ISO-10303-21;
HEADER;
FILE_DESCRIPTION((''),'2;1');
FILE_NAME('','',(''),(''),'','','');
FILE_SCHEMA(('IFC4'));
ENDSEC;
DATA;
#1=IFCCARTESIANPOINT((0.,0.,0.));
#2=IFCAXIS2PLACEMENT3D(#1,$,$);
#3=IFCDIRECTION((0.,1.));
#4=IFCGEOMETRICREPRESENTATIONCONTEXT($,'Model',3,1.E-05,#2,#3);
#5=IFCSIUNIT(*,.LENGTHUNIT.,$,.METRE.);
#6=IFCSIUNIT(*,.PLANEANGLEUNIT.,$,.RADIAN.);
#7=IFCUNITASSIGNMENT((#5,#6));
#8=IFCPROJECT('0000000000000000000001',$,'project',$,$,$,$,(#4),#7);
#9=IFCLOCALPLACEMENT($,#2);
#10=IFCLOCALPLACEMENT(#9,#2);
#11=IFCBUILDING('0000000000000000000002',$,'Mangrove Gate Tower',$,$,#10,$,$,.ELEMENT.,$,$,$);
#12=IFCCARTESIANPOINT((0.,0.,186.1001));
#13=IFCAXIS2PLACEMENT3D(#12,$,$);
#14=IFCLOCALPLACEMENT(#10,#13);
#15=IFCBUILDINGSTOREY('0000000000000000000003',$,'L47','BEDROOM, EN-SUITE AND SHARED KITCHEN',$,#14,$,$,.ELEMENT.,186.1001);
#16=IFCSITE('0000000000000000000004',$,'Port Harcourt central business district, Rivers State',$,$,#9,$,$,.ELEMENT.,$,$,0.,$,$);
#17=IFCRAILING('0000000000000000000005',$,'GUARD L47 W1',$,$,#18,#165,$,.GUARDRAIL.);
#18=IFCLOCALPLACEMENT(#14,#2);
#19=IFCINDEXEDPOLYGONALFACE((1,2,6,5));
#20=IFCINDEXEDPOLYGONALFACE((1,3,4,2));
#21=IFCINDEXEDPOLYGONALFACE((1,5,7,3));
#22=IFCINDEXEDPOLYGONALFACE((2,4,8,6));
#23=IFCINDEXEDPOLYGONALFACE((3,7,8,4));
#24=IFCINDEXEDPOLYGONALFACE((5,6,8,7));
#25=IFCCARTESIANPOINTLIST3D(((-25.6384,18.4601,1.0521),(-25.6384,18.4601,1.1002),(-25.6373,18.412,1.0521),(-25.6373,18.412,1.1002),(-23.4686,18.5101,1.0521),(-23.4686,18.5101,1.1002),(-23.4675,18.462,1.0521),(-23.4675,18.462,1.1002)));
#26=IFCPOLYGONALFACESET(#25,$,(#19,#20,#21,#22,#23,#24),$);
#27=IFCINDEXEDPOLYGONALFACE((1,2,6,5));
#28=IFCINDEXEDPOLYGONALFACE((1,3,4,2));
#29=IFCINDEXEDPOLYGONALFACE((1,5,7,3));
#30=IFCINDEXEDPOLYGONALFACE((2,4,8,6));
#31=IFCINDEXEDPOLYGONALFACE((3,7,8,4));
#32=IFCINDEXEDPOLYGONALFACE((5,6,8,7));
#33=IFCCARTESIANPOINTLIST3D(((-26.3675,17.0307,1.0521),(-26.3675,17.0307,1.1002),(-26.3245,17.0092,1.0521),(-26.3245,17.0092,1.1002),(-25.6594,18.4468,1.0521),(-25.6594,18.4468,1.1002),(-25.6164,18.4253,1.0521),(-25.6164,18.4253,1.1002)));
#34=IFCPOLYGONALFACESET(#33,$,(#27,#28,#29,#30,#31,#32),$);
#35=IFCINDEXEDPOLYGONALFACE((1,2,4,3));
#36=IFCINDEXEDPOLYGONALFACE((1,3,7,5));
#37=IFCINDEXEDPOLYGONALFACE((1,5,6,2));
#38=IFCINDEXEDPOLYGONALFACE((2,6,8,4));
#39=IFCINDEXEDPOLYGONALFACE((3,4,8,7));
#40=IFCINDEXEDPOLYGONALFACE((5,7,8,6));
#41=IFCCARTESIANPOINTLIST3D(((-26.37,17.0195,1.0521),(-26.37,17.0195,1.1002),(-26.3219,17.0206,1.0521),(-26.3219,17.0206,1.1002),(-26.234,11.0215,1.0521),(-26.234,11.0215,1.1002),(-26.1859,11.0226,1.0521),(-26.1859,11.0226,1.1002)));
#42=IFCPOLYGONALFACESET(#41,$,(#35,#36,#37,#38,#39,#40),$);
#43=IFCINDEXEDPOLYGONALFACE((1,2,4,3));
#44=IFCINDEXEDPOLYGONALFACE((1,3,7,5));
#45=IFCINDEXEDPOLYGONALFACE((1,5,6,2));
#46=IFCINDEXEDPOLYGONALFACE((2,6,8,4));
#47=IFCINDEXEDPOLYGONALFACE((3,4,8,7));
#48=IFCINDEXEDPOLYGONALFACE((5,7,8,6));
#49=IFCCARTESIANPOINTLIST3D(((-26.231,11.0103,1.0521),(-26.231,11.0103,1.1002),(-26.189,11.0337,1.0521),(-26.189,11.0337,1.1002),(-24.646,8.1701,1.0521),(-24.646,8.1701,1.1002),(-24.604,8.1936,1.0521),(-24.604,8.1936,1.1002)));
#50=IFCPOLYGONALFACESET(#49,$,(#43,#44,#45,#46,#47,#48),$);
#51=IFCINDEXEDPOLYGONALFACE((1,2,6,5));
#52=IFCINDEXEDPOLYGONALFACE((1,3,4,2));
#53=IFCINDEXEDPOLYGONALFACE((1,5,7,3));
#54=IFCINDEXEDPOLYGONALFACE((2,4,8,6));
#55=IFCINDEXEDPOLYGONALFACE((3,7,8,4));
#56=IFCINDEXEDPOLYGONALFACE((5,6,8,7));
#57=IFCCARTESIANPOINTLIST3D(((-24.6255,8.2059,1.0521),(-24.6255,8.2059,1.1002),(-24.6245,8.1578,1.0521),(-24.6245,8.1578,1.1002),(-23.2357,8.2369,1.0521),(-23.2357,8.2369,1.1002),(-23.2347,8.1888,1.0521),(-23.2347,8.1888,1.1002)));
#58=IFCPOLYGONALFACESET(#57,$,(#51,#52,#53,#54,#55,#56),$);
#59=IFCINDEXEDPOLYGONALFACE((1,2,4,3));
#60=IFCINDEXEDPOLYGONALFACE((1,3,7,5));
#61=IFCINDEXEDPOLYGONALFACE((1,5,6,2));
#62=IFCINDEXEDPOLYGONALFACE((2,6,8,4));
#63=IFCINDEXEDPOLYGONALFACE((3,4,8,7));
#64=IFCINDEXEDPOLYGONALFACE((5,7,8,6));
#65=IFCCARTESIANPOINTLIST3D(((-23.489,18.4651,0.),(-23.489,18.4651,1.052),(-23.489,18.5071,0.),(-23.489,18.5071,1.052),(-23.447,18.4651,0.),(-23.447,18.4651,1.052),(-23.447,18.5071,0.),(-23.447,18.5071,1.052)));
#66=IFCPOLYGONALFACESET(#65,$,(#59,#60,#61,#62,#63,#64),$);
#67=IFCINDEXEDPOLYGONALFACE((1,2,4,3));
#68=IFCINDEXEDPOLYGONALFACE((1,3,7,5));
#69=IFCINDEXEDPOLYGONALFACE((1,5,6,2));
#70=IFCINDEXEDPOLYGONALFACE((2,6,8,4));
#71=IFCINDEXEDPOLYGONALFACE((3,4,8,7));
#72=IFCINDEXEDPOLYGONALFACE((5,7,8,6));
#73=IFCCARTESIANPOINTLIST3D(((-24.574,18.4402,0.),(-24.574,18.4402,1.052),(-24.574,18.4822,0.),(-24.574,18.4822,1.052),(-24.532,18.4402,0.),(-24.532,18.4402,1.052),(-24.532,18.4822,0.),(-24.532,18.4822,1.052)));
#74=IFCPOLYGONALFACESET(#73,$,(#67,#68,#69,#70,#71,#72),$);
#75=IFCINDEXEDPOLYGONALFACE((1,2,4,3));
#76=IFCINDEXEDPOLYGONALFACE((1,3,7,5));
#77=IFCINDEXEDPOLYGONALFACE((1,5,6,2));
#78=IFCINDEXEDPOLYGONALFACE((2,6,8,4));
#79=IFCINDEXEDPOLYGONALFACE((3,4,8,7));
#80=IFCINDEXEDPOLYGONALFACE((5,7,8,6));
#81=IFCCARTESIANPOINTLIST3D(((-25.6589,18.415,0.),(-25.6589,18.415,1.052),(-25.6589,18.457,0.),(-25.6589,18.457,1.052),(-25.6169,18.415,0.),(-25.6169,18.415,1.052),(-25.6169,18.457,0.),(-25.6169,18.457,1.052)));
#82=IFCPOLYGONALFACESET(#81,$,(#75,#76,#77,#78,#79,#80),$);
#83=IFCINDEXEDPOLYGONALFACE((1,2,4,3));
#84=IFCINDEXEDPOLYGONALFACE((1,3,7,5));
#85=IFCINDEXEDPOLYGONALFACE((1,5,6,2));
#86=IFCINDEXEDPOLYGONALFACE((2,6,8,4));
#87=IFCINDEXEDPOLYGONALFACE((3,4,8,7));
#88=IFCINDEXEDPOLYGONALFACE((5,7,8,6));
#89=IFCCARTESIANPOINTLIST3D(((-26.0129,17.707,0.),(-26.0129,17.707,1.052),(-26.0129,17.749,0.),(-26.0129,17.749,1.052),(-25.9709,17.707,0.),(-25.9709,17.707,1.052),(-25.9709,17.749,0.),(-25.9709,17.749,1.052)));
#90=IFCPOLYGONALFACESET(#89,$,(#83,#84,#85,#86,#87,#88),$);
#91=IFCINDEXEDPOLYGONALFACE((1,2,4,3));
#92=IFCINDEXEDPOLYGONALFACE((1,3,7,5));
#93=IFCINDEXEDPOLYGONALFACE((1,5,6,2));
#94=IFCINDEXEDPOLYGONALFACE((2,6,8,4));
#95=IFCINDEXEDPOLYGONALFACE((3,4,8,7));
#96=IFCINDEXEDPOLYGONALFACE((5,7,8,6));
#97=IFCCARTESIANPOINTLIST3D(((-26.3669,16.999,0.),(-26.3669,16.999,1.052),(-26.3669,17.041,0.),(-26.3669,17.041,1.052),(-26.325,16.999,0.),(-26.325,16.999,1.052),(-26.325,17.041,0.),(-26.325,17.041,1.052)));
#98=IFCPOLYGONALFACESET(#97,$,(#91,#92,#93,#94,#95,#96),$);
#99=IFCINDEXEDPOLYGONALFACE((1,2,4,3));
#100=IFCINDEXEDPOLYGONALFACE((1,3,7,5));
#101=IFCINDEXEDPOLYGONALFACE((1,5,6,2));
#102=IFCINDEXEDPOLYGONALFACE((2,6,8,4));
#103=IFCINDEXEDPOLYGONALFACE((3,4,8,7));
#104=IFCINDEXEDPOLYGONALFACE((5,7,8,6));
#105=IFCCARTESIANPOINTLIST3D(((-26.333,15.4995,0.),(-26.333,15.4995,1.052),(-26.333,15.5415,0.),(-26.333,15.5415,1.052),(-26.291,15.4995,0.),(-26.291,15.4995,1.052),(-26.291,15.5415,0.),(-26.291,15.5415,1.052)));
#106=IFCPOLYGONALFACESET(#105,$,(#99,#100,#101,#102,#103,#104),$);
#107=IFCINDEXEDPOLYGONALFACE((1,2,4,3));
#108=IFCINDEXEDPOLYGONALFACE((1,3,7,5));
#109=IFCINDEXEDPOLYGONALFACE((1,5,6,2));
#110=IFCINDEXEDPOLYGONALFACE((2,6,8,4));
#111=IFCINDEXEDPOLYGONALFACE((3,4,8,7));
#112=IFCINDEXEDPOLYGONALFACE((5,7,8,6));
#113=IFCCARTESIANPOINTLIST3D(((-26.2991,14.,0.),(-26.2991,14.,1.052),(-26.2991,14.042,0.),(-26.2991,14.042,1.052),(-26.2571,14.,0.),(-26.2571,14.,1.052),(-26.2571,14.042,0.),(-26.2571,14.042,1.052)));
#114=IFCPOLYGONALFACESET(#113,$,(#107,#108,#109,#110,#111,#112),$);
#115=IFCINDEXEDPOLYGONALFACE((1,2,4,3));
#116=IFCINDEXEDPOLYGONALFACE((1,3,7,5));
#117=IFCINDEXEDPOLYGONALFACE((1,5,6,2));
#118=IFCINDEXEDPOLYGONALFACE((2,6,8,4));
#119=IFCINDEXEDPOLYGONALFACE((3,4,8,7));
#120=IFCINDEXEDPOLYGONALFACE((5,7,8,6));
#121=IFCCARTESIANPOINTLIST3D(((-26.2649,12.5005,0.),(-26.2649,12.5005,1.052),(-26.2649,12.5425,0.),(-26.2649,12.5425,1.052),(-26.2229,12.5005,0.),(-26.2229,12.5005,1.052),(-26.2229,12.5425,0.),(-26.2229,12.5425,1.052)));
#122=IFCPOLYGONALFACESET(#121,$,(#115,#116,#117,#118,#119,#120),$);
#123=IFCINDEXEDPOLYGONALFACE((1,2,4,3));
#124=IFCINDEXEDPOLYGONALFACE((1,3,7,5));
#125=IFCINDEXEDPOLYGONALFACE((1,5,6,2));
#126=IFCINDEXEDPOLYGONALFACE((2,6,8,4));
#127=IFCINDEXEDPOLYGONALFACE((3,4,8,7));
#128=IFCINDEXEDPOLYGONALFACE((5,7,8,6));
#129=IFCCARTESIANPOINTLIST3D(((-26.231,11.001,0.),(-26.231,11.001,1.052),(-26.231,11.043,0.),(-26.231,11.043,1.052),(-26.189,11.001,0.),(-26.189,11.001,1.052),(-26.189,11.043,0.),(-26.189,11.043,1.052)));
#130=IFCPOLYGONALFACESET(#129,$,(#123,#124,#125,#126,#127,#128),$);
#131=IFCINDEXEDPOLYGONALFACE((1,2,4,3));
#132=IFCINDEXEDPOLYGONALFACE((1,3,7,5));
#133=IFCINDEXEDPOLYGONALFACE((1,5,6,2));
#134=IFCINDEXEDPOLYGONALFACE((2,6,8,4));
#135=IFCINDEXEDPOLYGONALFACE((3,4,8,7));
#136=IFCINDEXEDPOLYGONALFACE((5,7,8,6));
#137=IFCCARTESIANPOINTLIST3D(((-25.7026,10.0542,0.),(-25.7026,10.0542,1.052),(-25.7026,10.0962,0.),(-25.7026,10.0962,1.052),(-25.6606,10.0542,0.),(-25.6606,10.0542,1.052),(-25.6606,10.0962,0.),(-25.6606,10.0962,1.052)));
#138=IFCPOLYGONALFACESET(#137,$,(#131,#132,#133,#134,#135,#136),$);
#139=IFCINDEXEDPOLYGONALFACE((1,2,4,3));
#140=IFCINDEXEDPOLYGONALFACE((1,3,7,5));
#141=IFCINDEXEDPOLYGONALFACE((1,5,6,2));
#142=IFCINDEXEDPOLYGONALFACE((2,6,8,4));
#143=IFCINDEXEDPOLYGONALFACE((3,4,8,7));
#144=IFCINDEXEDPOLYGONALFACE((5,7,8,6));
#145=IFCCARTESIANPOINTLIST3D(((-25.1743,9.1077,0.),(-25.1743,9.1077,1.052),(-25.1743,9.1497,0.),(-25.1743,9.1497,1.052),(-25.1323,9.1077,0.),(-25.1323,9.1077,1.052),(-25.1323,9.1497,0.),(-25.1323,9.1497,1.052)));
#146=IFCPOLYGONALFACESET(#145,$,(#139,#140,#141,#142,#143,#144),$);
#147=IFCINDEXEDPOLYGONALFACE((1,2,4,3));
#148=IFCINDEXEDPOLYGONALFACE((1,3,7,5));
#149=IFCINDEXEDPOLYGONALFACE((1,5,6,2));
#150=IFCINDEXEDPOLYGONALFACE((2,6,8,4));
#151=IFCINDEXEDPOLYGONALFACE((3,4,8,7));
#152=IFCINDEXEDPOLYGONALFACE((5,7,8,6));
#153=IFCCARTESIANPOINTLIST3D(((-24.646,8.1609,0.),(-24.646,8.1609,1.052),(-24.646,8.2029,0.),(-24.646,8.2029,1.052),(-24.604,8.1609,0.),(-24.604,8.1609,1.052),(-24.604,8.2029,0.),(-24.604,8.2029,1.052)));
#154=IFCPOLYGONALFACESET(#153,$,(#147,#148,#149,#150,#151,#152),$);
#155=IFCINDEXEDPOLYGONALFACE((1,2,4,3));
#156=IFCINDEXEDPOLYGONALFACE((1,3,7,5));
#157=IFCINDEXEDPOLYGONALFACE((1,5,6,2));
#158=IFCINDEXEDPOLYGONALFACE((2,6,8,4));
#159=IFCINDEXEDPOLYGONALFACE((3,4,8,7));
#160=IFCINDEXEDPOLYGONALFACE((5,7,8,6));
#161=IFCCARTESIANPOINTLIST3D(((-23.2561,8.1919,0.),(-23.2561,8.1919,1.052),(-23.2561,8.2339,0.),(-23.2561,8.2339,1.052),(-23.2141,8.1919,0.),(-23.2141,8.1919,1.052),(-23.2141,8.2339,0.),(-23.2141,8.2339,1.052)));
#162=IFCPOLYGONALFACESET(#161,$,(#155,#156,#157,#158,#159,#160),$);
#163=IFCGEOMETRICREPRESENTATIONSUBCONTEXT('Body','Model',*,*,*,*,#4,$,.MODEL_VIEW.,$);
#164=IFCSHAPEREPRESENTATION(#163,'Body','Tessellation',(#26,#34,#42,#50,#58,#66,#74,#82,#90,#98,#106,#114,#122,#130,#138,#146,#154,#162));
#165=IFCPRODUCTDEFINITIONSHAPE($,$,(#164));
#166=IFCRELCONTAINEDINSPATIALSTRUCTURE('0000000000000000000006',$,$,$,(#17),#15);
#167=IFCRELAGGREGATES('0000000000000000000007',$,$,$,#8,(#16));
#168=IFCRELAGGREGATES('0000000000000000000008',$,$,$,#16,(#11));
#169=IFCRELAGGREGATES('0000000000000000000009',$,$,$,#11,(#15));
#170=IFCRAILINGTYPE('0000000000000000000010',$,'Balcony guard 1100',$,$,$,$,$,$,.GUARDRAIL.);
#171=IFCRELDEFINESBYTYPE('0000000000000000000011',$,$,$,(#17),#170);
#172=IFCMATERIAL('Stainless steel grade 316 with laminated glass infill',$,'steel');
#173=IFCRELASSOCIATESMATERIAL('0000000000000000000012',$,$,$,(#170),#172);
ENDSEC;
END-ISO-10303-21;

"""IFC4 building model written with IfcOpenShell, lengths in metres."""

from ifc_helpers import new_model, si_unit, direction, frame, origin, origin_2d, place, context, subcontext, project, spatial, rectangle, extrude, material, type_object, element, save


model = new_model("IFC4")

# Units and contexts
model_context = context("Model", 3, precision=1e-05, world=origin(), true_north=direction((0.0, 1.0)))
body_context = subcontext(model_context, "Body", "Model", "MODEL_VIEW")
ifc_project = project(units=[si_unit("LENGTHUNIT", "METRE"), si_unit("PLANEANGLEUNIT", "RADIAN")], contexts=[model_context])

# Site, building, storey
site_placement = place(None, origin())
site = spatial("IfcSite", under=ifc_project, at=site_placement, Name="Port Harcourt central business district, Rivers State", CompositionType="ELEMENT", RefElevation=0.0)
building_placement = place(site_placement, origin())
building = spatial("IfcBuilding", under=site, at=building_placement, Name="Mangrove Gate Tower", CompositionType="ELEMENT")
storey_placement = place(building_placement, frame((0.0, 0.0, 186.1001)))
storey = spatial("IfcBuildingStorey", under=building, at=storey_placement, Name="L47", Description="BEDROOM, EN-SUITE AND SHARED KITCHEN", CompositionType="ELEMENT", Elevation=186.1001)

# Railing
ifc_material_1 = material(Name="Stainless steel grade 316 with laminated glass infill", Category="steel")
railing_type = type_object("IfcRailingType", Name="Balcony guard 1100", PredefinedType="GUARDRAIL", material=ifc_material_1)
railing_placement = place(storey_placement, frame((-23.468, 18.4861, 0.0)))
element("IfcRailing", 1, at=railing_placement, inside=storey, type_object=railing_type, Name="GUARD L47 W1", PredefinedType="GUARDRAIL", context=body_context, shape_type="SweptSolid", body=[
    extrude(rectangle(XDim=0.0481, YDim=0.0481, at=origin_2d()), frame((0.0, 0.0, 1.0762), z_axis=(-0.999734, -0.023059, 0.0), x_axis=(0.023059, -0.999734, 0.0)), (0.0, 0.0, 1.0), 2.1704),
    extrude(rectangle(XDim=0.0481, YDim=0.0481, at=origin_2d()), frame((-2.1699, -0.05, 1.0762), z_axis=(-0.447214, -0.894427, 0.0), x_axis=(0.894427, -0.447214, 0.0)), (0.0, 0.0, 1.0), 1.5833),
    extrude(rectangle(XDim=0.0481, YDim=0.0481, at=origin_2d()), frame((-2.8779, -1.4661, 1.0762), z_axis=(0.022666, -0.999743, 0.0), x_axis=(0.999743, 0.022666, 0.0)), (0.0, 0.0, 1.0), 5.9995),
    extrude(rectangle(XDim=0.0481, YDim=0.0481, at=origin_2d()), frame((-2.7419, -7.4641, 1.0762), z_axis=(0.487318, -0.873224, 0.0), x_axis=(0.873224, 0.487318, 0.0)), (0.0, 0.0, 1.0), 3.2524),
    extrude(rectangle(XDim=0.0481, YDim=0.0481, at=origin_2d()), frame((-1.157, -10.3042, 1.0762), z_axis=(0.999751, 0.022303, 0.0), x_axis=(-0.022303, 0.999751, 0.0)), (0.0, 0.0, 1.0), 1.3901),
    extrude(rectangle(XDim=0.042, YDim=0.042, at=origin_2d()), origin(), (0.0, 0.0, 1.0), 1.052),
    extrude(rectangle(XDim=0.042, YDim=0.042, at=origin_2d()), frame((-1.085, -0.0249, 0.0)), (0.0, 0.0, 1.0), 1.052),
    extrude(rectangle(XDim=0.042, YDim=0.042, at=origin_2d()), frame((-2.1699, -0.05, 0.0)), (0.0, 0.0, 1.0), 1.052),
    extrude(rectangle(XDim=0.042, YDim=0.042, at=origin_2d()), frame((-2.5239, -0.7581, 0.0)), (0.0, 0.0, 1.0), 1.052),
    extrude(rectangle(XDim=0.042, YDim=0.042, at=origin_2d()), frame((-2.8779, -1.4661, 0.0)), (0.0, 0.0, 1.0), 1.052),
    extrude(rectangle(XDim=0.042, YDim=0.042, at=origin_2d()), frame((-2.844, -2.9656, 0.0)), (0.0, 0.0, 1.0), 1.052),
    extrude(rectangle(XDim=0.042, YDim=0.042, at=origin_2d()), frame((-2.8101, -4.4651, 0.0)), (0.0, 0.0, 1.0), 1.052),
    extrude(rectangle(XDim=0.042, YDim=0.042, at=origin_2d()), frame((-2.7759, -5.9646, 0.0)), (0.0, 0.0, 1.0), 1.052),
    extrude(rectangle(XDim=0.042, YDim=0.042, at=origin_2d()), frame((-2.7419, -7.4641, 0.0)), (0.0, 0.0, 1.0), 1.052),
    extrude(rectangle(XDim=0.042, YDim=0.042, at=origin_2d()), frame((-2.2136, -8.4109, 0.0)), (0.0, 0.0, 1.0), 1.052),
    extrude(rectangle(XDim=0.042, YDim=0.042, at=origin_2d()), frame((-1.6853, -9.3574, 0.0)), (0.0, 0.0, 1.0), 1.052),
    extrude(rectangle(XDim=0.042, YDim=0.042, at=origin_2d()), frame((-1.157, -10.3042, 0.0)), (0.0, 0.0, 1.0), 1.052),
    extrude(rectangle(XDim=0.042, YDim=0.042, at=origin_2d()), frame((0.2329, -10.2732, 0.0)), (0.0, 0.0, 1.0), 1.052),
])

save(model, "model.ifc")
